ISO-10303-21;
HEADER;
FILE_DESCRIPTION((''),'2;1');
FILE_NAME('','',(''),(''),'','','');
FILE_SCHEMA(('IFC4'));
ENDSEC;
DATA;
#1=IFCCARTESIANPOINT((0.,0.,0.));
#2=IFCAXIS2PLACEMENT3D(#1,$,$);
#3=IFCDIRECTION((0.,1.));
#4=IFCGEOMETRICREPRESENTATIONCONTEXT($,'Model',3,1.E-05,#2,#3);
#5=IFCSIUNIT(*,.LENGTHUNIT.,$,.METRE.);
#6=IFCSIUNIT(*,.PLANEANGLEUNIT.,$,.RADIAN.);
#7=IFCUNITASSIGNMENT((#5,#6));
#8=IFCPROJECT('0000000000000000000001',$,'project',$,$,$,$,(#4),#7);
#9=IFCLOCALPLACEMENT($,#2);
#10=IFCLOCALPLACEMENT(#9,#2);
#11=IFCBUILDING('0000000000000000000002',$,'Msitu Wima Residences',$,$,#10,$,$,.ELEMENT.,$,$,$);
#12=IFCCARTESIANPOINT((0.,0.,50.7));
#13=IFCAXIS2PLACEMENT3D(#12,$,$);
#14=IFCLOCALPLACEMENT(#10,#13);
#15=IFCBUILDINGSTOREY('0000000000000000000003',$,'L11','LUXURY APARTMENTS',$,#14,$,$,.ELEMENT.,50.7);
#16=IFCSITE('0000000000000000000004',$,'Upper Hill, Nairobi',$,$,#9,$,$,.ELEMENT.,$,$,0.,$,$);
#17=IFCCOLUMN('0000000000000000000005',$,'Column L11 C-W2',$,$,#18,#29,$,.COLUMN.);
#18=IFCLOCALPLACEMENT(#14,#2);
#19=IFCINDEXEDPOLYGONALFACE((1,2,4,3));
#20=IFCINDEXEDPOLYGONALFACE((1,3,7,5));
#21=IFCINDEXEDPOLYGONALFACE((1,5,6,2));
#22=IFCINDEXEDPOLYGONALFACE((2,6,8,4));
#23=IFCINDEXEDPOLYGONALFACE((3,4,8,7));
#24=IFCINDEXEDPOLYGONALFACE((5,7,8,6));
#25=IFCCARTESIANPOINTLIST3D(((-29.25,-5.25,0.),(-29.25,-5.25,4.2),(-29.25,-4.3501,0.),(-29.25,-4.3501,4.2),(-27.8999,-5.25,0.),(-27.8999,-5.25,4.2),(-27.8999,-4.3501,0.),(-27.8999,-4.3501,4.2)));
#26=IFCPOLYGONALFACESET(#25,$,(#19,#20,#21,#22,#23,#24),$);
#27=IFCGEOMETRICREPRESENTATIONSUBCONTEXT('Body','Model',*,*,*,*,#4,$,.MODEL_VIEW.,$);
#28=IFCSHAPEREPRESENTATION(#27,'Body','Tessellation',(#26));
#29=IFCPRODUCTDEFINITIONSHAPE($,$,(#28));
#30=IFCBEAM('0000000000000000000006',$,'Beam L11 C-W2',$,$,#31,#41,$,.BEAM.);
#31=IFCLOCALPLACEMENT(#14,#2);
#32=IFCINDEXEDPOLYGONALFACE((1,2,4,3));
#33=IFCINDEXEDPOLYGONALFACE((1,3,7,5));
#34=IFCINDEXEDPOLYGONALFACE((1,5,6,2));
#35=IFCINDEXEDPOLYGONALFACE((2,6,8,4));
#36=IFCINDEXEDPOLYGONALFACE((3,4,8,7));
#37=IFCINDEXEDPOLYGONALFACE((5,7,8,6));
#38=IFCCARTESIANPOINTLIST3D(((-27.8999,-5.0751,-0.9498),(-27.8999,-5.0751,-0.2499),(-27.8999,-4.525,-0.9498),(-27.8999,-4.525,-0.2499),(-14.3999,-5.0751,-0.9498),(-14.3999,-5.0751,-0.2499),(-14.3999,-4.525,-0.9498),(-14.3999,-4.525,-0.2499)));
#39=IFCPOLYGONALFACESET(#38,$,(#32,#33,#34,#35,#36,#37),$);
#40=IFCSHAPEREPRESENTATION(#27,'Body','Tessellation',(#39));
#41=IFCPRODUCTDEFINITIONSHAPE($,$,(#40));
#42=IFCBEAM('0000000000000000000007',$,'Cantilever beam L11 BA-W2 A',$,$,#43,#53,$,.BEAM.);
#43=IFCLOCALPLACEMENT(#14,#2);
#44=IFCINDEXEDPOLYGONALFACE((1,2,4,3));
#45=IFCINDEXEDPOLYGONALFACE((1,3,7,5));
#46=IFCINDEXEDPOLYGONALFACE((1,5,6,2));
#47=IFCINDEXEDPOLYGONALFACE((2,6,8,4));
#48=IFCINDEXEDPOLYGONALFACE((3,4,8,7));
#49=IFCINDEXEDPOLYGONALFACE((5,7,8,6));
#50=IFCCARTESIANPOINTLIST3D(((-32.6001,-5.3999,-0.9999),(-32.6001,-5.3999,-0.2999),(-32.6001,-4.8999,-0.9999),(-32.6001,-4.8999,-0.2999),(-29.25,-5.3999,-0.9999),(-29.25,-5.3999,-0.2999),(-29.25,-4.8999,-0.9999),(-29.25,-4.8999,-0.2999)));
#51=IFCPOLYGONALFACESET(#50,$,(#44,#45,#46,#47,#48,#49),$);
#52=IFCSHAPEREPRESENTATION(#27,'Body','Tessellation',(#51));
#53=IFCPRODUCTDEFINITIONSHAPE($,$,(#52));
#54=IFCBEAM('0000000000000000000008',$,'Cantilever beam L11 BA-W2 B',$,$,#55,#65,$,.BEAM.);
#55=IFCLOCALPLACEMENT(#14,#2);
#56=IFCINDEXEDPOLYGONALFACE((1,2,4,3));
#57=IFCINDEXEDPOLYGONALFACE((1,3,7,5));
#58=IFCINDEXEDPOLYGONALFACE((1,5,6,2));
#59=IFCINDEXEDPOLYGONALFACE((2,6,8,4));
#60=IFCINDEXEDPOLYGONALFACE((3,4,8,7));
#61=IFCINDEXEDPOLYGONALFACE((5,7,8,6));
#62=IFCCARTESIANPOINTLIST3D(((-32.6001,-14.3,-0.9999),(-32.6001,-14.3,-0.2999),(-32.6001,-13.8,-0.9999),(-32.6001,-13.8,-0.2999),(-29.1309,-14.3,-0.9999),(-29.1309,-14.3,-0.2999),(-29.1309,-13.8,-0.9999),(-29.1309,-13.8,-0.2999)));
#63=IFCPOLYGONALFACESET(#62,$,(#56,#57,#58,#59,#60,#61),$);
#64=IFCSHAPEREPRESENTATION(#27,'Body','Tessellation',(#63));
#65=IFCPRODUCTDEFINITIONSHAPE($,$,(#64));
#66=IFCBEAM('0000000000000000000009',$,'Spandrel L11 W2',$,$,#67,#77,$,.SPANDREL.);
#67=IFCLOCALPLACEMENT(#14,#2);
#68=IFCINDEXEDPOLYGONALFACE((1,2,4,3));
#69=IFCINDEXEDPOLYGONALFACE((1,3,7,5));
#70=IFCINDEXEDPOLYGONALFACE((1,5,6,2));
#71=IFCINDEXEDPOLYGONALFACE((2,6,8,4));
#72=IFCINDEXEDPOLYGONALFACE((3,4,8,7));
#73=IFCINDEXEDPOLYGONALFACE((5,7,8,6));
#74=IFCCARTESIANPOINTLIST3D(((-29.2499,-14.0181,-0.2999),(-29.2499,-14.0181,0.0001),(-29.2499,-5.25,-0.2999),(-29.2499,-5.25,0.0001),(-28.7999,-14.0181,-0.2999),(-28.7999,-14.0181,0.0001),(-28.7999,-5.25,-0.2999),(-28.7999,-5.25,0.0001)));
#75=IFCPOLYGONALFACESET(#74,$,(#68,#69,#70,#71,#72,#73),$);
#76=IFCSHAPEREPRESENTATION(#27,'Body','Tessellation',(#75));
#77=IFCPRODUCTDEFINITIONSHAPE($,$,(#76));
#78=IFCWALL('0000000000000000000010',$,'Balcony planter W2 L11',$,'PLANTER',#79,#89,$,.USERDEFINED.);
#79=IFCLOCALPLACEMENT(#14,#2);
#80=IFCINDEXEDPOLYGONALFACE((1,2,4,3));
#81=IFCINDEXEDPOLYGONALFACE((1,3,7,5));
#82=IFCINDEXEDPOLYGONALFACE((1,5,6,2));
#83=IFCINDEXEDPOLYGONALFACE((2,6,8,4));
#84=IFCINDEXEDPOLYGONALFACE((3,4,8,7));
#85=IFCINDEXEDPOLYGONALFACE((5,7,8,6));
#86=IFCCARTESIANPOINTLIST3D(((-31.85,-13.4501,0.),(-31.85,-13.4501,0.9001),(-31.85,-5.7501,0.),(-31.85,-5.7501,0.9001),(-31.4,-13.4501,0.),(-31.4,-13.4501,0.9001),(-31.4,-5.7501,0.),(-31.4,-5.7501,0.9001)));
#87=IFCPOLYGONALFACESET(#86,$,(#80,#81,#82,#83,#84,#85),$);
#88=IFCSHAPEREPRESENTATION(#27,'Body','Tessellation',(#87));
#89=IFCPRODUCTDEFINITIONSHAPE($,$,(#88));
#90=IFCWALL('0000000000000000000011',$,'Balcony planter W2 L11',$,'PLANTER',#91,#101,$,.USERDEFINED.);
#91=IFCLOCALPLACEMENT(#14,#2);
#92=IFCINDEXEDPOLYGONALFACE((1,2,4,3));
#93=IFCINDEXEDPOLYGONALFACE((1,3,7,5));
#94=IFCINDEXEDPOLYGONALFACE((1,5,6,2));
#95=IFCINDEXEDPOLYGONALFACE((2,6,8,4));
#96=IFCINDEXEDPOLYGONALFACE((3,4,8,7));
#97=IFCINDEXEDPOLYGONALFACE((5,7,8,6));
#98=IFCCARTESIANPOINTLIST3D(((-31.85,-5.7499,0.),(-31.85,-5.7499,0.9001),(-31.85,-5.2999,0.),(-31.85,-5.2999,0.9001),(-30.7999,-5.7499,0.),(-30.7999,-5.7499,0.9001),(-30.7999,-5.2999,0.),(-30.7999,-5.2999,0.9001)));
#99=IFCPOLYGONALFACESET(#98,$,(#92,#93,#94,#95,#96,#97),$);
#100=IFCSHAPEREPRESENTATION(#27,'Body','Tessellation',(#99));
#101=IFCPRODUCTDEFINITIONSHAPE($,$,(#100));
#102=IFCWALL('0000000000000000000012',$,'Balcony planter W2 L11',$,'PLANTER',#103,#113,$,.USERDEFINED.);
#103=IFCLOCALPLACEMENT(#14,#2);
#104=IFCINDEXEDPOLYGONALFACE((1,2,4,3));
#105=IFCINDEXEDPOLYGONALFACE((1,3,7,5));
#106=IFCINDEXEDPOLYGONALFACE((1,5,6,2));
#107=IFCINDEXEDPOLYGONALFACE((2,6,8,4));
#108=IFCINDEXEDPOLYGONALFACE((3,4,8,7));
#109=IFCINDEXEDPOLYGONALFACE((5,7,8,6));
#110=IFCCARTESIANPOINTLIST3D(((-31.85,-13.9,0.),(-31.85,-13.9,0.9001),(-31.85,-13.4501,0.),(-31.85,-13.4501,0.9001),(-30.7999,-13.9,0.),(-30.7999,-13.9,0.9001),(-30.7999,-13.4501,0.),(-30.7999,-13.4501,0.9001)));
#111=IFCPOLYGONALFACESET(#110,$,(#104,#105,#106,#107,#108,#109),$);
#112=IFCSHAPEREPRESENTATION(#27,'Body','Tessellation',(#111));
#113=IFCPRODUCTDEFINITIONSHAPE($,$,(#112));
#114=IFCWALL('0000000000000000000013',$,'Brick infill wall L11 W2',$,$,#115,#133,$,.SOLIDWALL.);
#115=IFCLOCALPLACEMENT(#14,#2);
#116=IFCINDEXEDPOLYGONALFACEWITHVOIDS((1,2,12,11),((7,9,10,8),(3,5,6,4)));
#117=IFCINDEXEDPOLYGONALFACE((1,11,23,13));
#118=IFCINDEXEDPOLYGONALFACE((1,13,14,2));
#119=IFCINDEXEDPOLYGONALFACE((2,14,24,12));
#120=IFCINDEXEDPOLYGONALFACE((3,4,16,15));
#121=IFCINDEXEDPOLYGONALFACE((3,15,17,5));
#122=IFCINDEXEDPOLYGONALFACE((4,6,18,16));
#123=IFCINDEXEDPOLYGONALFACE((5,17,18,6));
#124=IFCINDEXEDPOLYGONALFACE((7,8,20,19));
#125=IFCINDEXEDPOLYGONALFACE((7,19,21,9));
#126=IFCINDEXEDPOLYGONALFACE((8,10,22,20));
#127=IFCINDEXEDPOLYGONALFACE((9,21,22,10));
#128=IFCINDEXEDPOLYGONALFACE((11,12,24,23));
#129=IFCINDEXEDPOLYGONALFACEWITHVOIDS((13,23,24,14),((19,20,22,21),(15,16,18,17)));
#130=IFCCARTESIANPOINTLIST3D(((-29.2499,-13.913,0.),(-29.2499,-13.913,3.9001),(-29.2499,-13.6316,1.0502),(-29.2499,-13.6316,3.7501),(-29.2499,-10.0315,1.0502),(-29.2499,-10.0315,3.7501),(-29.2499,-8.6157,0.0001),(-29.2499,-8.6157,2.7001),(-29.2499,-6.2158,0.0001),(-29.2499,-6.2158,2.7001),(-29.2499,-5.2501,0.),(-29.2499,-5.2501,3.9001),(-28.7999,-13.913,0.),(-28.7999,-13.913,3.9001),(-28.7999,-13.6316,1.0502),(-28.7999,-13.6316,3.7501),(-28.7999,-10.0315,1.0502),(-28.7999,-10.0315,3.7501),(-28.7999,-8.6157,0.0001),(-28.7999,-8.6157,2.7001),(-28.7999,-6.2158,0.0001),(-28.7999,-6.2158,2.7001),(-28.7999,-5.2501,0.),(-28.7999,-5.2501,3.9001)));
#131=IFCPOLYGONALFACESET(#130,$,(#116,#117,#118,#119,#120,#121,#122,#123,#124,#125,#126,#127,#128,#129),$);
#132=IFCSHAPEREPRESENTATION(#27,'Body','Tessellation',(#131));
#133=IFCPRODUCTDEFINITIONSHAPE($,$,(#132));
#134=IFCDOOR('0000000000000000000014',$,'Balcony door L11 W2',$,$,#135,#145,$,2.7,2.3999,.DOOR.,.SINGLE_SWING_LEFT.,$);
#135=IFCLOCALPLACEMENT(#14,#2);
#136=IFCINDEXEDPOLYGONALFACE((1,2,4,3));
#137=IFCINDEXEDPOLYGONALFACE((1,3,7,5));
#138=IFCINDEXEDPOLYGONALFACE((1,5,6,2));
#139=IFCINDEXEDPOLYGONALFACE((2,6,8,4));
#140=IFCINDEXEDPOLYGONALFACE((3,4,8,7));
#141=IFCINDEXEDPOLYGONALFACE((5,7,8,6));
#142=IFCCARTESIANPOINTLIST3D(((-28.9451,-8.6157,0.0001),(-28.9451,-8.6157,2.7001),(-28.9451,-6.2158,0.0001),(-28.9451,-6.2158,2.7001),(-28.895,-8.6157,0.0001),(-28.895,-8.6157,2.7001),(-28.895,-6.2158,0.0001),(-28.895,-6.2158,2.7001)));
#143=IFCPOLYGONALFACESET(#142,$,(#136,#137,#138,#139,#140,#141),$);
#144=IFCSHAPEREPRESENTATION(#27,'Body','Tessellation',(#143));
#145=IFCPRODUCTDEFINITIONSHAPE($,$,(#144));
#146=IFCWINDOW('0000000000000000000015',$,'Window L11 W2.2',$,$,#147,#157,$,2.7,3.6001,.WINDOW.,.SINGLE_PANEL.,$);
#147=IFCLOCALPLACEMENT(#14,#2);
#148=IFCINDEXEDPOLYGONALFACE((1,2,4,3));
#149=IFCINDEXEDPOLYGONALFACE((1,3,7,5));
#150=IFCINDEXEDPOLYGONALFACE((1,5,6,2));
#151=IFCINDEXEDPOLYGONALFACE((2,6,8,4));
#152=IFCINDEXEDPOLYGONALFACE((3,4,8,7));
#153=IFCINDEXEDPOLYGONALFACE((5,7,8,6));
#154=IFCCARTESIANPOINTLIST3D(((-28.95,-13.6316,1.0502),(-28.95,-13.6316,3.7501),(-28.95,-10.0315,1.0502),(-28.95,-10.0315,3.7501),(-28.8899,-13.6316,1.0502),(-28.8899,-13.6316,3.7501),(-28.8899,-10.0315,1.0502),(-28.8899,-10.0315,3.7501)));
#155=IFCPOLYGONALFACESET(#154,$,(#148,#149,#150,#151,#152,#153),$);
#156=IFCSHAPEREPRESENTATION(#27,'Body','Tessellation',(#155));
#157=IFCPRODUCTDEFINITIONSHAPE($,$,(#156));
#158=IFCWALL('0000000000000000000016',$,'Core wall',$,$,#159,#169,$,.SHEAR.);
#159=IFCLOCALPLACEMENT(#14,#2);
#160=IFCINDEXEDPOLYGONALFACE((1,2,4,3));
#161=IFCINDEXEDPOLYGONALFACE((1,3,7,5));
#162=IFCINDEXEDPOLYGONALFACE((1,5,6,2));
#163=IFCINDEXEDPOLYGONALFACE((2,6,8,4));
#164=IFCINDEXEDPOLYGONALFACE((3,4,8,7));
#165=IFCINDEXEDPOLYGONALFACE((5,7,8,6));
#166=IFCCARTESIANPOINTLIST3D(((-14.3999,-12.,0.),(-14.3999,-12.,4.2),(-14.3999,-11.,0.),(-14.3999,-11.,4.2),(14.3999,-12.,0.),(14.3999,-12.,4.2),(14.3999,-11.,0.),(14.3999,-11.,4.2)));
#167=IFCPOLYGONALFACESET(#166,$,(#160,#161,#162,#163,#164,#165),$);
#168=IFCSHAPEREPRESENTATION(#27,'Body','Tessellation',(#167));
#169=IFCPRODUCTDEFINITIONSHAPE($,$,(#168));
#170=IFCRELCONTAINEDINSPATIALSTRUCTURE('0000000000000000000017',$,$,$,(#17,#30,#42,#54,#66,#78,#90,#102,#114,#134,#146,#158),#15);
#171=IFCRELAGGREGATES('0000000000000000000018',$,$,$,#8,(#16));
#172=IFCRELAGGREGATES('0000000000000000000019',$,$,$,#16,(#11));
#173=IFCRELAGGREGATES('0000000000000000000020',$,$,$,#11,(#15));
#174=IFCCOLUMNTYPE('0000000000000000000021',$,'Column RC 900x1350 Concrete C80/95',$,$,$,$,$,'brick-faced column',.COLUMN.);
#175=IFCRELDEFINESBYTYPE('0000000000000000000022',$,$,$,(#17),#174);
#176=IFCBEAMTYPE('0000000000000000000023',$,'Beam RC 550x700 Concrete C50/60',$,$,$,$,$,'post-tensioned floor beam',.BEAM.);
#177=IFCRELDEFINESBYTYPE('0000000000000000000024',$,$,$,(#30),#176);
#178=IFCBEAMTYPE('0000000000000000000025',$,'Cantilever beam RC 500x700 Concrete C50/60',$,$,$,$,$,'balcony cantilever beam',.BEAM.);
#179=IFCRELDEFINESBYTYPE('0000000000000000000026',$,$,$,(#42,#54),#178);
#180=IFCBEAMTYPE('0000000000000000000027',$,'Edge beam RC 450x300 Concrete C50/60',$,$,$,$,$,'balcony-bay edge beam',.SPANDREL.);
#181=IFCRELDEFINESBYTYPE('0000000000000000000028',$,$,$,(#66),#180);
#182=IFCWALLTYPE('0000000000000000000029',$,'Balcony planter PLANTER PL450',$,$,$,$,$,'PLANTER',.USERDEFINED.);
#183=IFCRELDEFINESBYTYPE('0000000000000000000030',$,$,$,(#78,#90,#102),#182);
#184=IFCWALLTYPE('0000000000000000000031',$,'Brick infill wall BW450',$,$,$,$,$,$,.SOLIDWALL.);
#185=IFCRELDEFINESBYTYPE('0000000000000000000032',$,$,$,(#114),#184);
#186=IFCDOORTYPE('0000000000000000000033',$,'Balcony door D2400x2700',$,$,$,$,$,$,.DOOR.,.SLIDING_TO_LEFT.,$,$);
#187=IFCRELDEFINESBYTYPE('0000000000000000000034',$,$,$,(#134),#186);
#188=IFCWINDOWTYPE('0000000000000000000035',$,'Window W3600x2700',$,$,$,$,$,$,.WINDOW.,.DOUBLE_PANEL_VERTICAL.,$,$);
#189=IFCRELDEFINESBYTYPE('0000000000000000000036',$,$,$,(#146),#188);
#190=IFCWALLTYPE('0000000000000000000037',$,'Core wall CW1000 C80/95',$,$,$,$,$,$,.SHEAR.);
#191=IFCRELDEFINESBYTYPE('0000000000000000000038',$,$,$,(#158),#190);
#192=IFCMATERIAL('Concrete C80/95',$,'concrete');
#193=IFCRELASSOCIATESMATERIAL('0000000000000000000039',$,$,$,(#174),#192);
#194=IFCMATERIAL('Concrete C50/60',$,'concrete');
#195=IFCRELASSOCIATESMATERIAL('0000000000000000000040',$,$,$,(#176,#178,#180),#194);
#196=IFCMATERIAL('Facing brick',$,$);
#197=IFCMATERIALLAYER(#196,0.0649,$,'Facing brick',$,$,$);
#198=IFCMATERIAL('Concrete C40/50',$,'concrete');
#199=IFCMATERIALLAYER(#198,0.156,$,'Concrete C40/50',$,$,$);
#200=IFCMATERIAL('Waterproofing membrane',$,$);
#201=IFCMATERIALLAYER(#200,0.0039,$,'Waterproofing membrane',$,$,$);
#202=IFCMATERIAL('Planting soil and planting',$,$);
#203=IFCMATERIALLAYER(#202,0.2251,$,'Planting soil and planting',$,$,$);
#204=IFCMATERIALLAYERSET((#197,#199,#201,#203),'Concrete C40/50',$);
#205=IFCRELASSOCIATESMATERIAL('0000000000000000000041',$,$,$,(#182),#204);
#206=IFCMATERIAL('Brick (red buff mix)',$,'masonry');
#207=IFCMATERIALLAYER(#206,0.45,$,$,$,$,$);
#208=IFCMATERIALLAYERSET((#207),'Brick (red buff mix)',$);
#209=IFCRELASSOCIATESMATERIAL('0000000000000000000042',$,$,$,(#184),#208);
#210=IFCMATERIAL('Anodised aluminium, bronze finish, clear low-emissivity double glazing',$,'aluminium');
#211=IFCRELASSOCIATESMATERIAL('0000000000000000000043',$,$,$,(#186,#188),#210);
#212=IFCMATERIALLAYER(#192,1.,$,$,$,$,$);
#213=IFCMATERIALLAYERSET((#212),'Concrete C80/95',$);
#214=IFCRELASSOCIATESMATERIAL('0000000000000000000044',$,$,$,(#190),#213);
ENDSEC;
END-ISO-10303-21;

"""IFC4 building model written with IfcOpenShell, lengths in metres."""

from ifc_helpers import new_model, si_unit, direction, frame, frame_2d, origin, origin_2d, place, context, subcontext, project, spatial, rectangle, extrude, material, layer, layer_set, material_profile, profile_set, type_object, element, fill, save


model = new_model("IFC4")

# Units and contexts
model_context = context("Model", 3, precision=1e-05, world=origin(), true_north=direction((0.0, 1.0)))
body_context = subcontext(model_context, "Body", "Model", "MODEL_VIEW")
ifc_project = project(units=[si_unit("LENGTHUNIT", "METRE"), si_unit("PLANEANGLEUNIT", "RADIAN")], contexts=[model_context])

# Site, building, storey
site_placement = place(None, origin())
site = spatial("IfcSite", under=ifc_project, at=site_placement, Name="Upper Hill, Nairobi", CompositionType="ELEMENT", RefElevation=0.0)
building_placement = place(site_placement, origin())
building = spatial("IfcBuilding", under=site, at=building_placement, Name="Msitu Wima Residences", CompositionType="ELEMENT")
storey_placement = place(building_placement, frame((0.0, 0.0, 50.7)))
storey = spatial("IfcBuildingStorey", under=building, at=storey_placement, Name="L11", Description="LUXURY APARTMENTS", CompositionType="ELEMENT", Elevation=50.7)

# Column
ifc_material_1 = material(Name="Concrete C80/95", Category="concrete")
ifc_material_profile_1 = material_profile(ifc_material_1, rectangle(XDim=0.8999, YDim=1.3501, at=origin_2d()), Name="RC 900x1350")
ifc_profile_set_1 = profile_set([ifc_material_profile_1], Name="Concrete C80/95")
column_type = type_object("IfcColumnType", Name="Column RC 900x1350 Concrete C80/95", ElementType="brick-faced column", PredefinedType="COLUMN", material=ifc_profile_set_1)
column_placement = place(storey_placement, frame((-28.575, -4.8, 0.0), z_axis=(0.0, 0.0, 1.0), x_axis=(0.0, -1.0, 0.0)))
element("IfcColumn", 1, at=column_placement, inside=storey, type_object=column_type, Name="Column L11 C-W2", PredefinedType="COLUMN", context=body_context, shape_type="SweptSolid", body=[
    extrude(rectangle(XDim=0.8999, YDim=1.3501, at=origin_2d()), origin(), (0.0, 0.0, 1.0), 4.2),
])

# Beams
ifc_material_2 = material(Name="Concrete C50/60", Category="concrete")
ifc_material_profile_2 = material_profile(ifc_material_2, rectangle(XDim=0.55, YDim=0.7, at=origin_2d()), Name="RC 550x700")
ifc_profile_set_2 = profile_set([ifc_material_profile_2], Name="Concrete C50/60")
beam_type_1 = type_object("IfcBeamType", Name="Beam RC 550x700 Concrete C50/60", ElementType="post-tensioned floor beam", PredefinedType="BEAM", material=ifc_profile_set_2)
beam_1_placement = place(storey_placement, frame((-27.8999, -4.8, -0.5999), z_axis=(1.0, 0.0, 0.0), x_axis=(0.0, 1.0, 0.0)))
element("IfcBeam", 2, at=beam_1_placement, inside=storey, type_object=beam_type_1, Name="Beam L11 C-W2", PredefinedType="BEAM", context=body_context, shape_type="SweptSolid", body=[
    extrude(rectangle(XDim=0.55, YDim=0.7, at=origin_2d()), origin(), (0.0, 0.0, 1.0), 13.5),
])
ifc_material_profile_3 = material_profile(ifc_material_2, rectangle(XDim=0.5, YDim=0.7, at=origin_2d()), Name="RC 500x700")
ifc_profile_set_3 = profile_set([ifc_material_profile_3], Name="Concrete C50/60")
beam_type_2 = type_object("IfcBeamType", Name="Cantilever beam RC 500x700 Concrete C50/60", ElementType="balcony cantilever beam", PredefinedType="BEAM", material=ifc_profile_set_3)
beam_2_placement = place(storey_placement, frame((-29.25, -5.1499, -0.6499), z_axis=(-1.0, 0.0, 0.0), x_axis=(0.0, -1.0, 0.0)))
element("IfcBeam", 3, at=beam_2_placement, inside=storey, type_object=beam_type_2, Name="Cantilever beam L11 BA-W2 A", PredefinedType="BEAM", context=body_context, shape_type="SweptSolid", body=[
    extrude(rectangle(XDim=0.5, YDim=0.7, at=origin_2d()), origin(), (0.0, 0.0, 1.0), 3.3501),
])
beam_3_placement = place(storey_placement, frame((-29.1309, -14.05, -0.6499), z_axis=(-1.0, 0.0, 0.0), x_axis=(0.0, -1.0, 0.0)))
element("IfcBeam", 4, at=beam_3_placement, inside=storey, type_object=beam_type_2, Name="Cantilever beam L11 BA-W2 B", PredefinedType="BEAM", context=body_context, shape_type="SweptSolid", body=[
    extrude(rectangle(XDim=0.5, YDim=0.7, at=origin_2d()), origin(), (0.0, 0.0, 1.0), 3.4692),
])
ifc_material_profile_4 = material_profile(ifc_material_2, rectangle(XDim=0.45, YDim=0.3, at=origin_2d()), Name="RC 450x300")
ifc_profile_set_4 = profile_set([ifc_material_profile_4], Name="Concrete C50/60")
beam_type_3 = type_object("IfcBeamType", Name="Edge beam RC 450x300 Concrete C50/60", ElementType="balcony-bay edge beam", PredefinedType="SPANDREL", material=ifc_profile_set_4)
beam_4_placement = place(storey_placement, frame((-29.0249, -5.25, -0.1499), z_axis=(0.0, -1.0, 0.0), x_axis=(1.0, 0.0, 0.0)))
element("IfcBeam", 5, at=beam_4_placement, inside=storey, type_object=beam_type_3, Name="Spandrel L11 W2", PredefinedType="SPANDREL", context=body_context, shape_type="SweptSolid", body=[
    extrude(rectangle(XDim=0.45, YDim=0.3, at=origin_2d()), origin(), (0.0, 0.0, 1.0), 8.7681),
])

# Walls
ifc_material_3 = material(Name="Facing brick")
ifc_layer_1 = layer(ifc_material_3, 0.0649, Name="Facing brick")
ifc_material_4 = material(Name="Concrete C40/50", Category="concrete")
ifc_layer_2 = layer(ifc_material_4, 0.156, Name="Concrete C40/50")
ifc_material_5 = material(Name="Waterproofing membrane")
ifc_layer_3 = layer(ifc_material_5, 0.0039, Name="Waterproofing membrane")
ifc_material_6 = material(Name="Planting soil and planting")
ifc_layer_4 = layer(ifc_material_6, 0.2251, Name="Planting soil and planting")
ifc_layer_set_1 = layer_set([ifc_layer_1, ifc_layer_2, ifc_layer_3, ifc_layer_4], Name="Concrete C40/50")
wall_type_1 = type_object("IfcWallType", Name="Balcony planter PLANTER PL450", ElementType="PLANTER", PredefinedType="USERDEFINED", material=ifc_layer_set_1)
wall_1_placement = place(storey_placement, frame((-31.625, -5.75, 0.0), z_axis=(0.0, 0.0, 1.0), x_axis=(0.0, -1.0, 0.0)))
element("IfcWall", 6, at=wall_1_placement, inside=storey, type_object=wall_type_1, Name="Balcony planter W2 L11", ObjectType="PLANTER", PredefinedType="USERDEFINED", context=body_context, shape_type="SweptSolid", body=[
    extrude(rectangle(XDim=7.7, YDim=0.45, at=frame_2d((3.8501, 0.0))), origin(), (0.0, 0.0, 1.0), 0.9001),
])
for number, where, z_axis, x_axis, name in (
    (7, (-30.8, -5.5249, 0.0), (0.0, 0.0, 1.0), (-1.0, 0.0, 0.0), "Balcony planter W2 L11"),
    (8, (-30.8, -13.675, 0.0), (0.0, 0.0, 1.0), (-1.0, 0.0, 0.0), "Balcony planter W2 L11"),
):
    element("IfcWall", number, at=place(storey_placement, frame(where, z_axis=z_axis, x_axis=x_axis)), inside=storey, type_object=wall_type_1, Name=name, ObjectType="PLANTER", PredefinedType="USERDEFINED", context=body_context, shape_type="SweptSolid", body=[
        extrude(rectangle(XDim=1.05, YDim=0.45, at=frame_2d((0.5249, 0.0))), origin(), (0.0, 0.0, 1.0), 0.9001),
    ])

# Wall, openings, door, window
ifc_material_7 = material(Name="Brick (red buff mix)", Category="masonry")
ifc_layer_5 = layer(ifc_material_7, 0.45)
ifc_layer_set_2 = layer_set([ifc_layer_5], Name="Brick (red buff mix)")
wall_type_2 = type_object("IfcWallType", Name="Brick infill wall BW450", PredefinedType="SOLIDWALL", material=ifc_layer_set_2)
wall_2_placement = place(storey_placement, frame((-29.0249, -5.25, 0.0), z_axis=(0.0, 0.0, 1.0), x_axis=(0.0, -1.0, 0.0)))
wall_2 = element("IfcWall", 9, at=wall_2_placement, inside=storey, type_object=wall_type_2, Name="Brick infill wall L11 W2", PredefinedType="SOLIDWALL", context=body_context, shape_type="SweptSolid", body=[
    extrude(rectangle(XDim=8.6628, YDim=0.45, at=frame_2d((4.3315, 0.0))), origin(), (0.0, 0.0, 1.0), 3.9001),
])
opening_1_placement = place(wall_2_placement, frame((0.9658, 0.0, 0.0)))
opening_1 = element("IfcOpeningElement", 10, at=opening_1_placement, cuts=wall_2, PredefinedType="OPENING", context=body_context, shape_type="SweptSolid", body=[
    extrude(rectangle(XDim=2.3999, YDim=2.7, at=frame_2d((1.2, 1.3501))), frame((0.0, 0.2349, 0.0), z_axis=(0.0, -1.0, 0.0), x_axis=(1.0, 0.0, 0.0)), (0.0, 0.0, 1.0), 0.47),
])
opening_2_placement = place(wall_2_placement, frame((4.7815, 0.0, 1.05)))
opening_2 = element("IfcOpeningElement", 11, at=opening_2_placement, cuts=wall_2, PredefinedType="OPENING", context=body_context, shape_type="SweptSolid", body=[
    extrude(rectangle(XDim=3.6001, YDim=2.7, at=frame_2d((1.8, 1.3501))), frame((0.0, 0.2349, 0.0), z_axis=(0.0, -1.0, 0.0), x_axis=(1.0, 0.0, 0.0)), (0.0, 0.0, 1.0), 0.47),
])
ifc_material_8 = material(Name="Anodised aluminium, bronze finish, clear low-emissivity double glazing", Category="aluminium")
door_type_1 = type_object("IfcDoorType", Name="Balcony door D2400x2700", OperationType="SLIDING_TO_LEFT", PredefinedType="DOOR", material=ifc_material_8)
door_1_placement = place(opening_1_placement, origin())
door_1 = element("IfcDoor", 12, at=door_1_placement, inside=storey, type_object=door_type_1, Name="Balcony door L11 W2", OperationType="SINGLE_SWING_LEFT", OverallHeight=2.7, OverallWidth=2.3999, PredefinedType="DOOR", context=body_context, shape_type="SweptSolid", body=[
    extrude(rectangle(XDim=2.3999, YDim=2.7, at=frame_2d((1.2, 1.3501))), frame((0.0, 0.1299, 0.0), z_axis=(0.0, -1.0, 0.0), x_axis=(1.0, 0.0, 0.0)), (0.0, 0.0, 1.0), 0.05),
])
fill(opening_1, door_1)
window_type = type_object("IfcWindowType", Name="Window W3600x2700", PartitioningType="DOUBLE_PANEL_VERTICAL", PredefinedType="WINDOW", material=ifc_material_8)
window_placement = place(opening_2_placement, origin())
window = element("IfcWindow", 13, at=window_placement, inside=storey, type_object=window_type, Name="Window L11 W2.2", OverallHeight=2.7, OverallWidth=3.6001, PartitioningType="SINGLE_PANEL", PredefinedType="WINDOW", context=body_context, shape_type="SweptSolid", body=[
    extrude(rectangle(XDim=3.6001, YDim=2.7, at=frame_2d((1.8, 1.3501))), frame((0.0, 0.135, 0.0), z_axis=(0.0, -1.0, 0.0), x_axis=(1.0, 0.0, 0.0)), (0.0, 0.0, 1.0), 0.0601),
])
fill(opening_2, window)

# Wall
ifc_layer_6 = layer(ifc_material_1, 1.0)
ifc_layer_set_3 = layer_set([ifc_layer_6], Name="Concrete C80/95")
wall_type_3 = type_object("IfcWallType", Name="Core wall CW1000 C80/95", PredefinedType="SHEAR", material=ifc_layer_set_3)
wall_3_placement = place(storey_placement, frame((-14.3999, -11.5, 0.0), z_axis=(0.0, 0.0, 1.0), x_axis=(1.0, 0.0, 0.0)))
element("IfcWall", 14, at=wall_3_placement, inside=storey, type_object=wall_type_3, Name="Core wall", PredefinedType="SHEAR", context=body_context, shape_type="SweptSolid", body=[
    extrude(rectangle(XDim=28.7998, YDim=1.0, at=frame_2d((14.3999, 0.0))), origin(), (0.0, 0.0, 1.0), 4.2),
])

save(model, "model.ifc")
